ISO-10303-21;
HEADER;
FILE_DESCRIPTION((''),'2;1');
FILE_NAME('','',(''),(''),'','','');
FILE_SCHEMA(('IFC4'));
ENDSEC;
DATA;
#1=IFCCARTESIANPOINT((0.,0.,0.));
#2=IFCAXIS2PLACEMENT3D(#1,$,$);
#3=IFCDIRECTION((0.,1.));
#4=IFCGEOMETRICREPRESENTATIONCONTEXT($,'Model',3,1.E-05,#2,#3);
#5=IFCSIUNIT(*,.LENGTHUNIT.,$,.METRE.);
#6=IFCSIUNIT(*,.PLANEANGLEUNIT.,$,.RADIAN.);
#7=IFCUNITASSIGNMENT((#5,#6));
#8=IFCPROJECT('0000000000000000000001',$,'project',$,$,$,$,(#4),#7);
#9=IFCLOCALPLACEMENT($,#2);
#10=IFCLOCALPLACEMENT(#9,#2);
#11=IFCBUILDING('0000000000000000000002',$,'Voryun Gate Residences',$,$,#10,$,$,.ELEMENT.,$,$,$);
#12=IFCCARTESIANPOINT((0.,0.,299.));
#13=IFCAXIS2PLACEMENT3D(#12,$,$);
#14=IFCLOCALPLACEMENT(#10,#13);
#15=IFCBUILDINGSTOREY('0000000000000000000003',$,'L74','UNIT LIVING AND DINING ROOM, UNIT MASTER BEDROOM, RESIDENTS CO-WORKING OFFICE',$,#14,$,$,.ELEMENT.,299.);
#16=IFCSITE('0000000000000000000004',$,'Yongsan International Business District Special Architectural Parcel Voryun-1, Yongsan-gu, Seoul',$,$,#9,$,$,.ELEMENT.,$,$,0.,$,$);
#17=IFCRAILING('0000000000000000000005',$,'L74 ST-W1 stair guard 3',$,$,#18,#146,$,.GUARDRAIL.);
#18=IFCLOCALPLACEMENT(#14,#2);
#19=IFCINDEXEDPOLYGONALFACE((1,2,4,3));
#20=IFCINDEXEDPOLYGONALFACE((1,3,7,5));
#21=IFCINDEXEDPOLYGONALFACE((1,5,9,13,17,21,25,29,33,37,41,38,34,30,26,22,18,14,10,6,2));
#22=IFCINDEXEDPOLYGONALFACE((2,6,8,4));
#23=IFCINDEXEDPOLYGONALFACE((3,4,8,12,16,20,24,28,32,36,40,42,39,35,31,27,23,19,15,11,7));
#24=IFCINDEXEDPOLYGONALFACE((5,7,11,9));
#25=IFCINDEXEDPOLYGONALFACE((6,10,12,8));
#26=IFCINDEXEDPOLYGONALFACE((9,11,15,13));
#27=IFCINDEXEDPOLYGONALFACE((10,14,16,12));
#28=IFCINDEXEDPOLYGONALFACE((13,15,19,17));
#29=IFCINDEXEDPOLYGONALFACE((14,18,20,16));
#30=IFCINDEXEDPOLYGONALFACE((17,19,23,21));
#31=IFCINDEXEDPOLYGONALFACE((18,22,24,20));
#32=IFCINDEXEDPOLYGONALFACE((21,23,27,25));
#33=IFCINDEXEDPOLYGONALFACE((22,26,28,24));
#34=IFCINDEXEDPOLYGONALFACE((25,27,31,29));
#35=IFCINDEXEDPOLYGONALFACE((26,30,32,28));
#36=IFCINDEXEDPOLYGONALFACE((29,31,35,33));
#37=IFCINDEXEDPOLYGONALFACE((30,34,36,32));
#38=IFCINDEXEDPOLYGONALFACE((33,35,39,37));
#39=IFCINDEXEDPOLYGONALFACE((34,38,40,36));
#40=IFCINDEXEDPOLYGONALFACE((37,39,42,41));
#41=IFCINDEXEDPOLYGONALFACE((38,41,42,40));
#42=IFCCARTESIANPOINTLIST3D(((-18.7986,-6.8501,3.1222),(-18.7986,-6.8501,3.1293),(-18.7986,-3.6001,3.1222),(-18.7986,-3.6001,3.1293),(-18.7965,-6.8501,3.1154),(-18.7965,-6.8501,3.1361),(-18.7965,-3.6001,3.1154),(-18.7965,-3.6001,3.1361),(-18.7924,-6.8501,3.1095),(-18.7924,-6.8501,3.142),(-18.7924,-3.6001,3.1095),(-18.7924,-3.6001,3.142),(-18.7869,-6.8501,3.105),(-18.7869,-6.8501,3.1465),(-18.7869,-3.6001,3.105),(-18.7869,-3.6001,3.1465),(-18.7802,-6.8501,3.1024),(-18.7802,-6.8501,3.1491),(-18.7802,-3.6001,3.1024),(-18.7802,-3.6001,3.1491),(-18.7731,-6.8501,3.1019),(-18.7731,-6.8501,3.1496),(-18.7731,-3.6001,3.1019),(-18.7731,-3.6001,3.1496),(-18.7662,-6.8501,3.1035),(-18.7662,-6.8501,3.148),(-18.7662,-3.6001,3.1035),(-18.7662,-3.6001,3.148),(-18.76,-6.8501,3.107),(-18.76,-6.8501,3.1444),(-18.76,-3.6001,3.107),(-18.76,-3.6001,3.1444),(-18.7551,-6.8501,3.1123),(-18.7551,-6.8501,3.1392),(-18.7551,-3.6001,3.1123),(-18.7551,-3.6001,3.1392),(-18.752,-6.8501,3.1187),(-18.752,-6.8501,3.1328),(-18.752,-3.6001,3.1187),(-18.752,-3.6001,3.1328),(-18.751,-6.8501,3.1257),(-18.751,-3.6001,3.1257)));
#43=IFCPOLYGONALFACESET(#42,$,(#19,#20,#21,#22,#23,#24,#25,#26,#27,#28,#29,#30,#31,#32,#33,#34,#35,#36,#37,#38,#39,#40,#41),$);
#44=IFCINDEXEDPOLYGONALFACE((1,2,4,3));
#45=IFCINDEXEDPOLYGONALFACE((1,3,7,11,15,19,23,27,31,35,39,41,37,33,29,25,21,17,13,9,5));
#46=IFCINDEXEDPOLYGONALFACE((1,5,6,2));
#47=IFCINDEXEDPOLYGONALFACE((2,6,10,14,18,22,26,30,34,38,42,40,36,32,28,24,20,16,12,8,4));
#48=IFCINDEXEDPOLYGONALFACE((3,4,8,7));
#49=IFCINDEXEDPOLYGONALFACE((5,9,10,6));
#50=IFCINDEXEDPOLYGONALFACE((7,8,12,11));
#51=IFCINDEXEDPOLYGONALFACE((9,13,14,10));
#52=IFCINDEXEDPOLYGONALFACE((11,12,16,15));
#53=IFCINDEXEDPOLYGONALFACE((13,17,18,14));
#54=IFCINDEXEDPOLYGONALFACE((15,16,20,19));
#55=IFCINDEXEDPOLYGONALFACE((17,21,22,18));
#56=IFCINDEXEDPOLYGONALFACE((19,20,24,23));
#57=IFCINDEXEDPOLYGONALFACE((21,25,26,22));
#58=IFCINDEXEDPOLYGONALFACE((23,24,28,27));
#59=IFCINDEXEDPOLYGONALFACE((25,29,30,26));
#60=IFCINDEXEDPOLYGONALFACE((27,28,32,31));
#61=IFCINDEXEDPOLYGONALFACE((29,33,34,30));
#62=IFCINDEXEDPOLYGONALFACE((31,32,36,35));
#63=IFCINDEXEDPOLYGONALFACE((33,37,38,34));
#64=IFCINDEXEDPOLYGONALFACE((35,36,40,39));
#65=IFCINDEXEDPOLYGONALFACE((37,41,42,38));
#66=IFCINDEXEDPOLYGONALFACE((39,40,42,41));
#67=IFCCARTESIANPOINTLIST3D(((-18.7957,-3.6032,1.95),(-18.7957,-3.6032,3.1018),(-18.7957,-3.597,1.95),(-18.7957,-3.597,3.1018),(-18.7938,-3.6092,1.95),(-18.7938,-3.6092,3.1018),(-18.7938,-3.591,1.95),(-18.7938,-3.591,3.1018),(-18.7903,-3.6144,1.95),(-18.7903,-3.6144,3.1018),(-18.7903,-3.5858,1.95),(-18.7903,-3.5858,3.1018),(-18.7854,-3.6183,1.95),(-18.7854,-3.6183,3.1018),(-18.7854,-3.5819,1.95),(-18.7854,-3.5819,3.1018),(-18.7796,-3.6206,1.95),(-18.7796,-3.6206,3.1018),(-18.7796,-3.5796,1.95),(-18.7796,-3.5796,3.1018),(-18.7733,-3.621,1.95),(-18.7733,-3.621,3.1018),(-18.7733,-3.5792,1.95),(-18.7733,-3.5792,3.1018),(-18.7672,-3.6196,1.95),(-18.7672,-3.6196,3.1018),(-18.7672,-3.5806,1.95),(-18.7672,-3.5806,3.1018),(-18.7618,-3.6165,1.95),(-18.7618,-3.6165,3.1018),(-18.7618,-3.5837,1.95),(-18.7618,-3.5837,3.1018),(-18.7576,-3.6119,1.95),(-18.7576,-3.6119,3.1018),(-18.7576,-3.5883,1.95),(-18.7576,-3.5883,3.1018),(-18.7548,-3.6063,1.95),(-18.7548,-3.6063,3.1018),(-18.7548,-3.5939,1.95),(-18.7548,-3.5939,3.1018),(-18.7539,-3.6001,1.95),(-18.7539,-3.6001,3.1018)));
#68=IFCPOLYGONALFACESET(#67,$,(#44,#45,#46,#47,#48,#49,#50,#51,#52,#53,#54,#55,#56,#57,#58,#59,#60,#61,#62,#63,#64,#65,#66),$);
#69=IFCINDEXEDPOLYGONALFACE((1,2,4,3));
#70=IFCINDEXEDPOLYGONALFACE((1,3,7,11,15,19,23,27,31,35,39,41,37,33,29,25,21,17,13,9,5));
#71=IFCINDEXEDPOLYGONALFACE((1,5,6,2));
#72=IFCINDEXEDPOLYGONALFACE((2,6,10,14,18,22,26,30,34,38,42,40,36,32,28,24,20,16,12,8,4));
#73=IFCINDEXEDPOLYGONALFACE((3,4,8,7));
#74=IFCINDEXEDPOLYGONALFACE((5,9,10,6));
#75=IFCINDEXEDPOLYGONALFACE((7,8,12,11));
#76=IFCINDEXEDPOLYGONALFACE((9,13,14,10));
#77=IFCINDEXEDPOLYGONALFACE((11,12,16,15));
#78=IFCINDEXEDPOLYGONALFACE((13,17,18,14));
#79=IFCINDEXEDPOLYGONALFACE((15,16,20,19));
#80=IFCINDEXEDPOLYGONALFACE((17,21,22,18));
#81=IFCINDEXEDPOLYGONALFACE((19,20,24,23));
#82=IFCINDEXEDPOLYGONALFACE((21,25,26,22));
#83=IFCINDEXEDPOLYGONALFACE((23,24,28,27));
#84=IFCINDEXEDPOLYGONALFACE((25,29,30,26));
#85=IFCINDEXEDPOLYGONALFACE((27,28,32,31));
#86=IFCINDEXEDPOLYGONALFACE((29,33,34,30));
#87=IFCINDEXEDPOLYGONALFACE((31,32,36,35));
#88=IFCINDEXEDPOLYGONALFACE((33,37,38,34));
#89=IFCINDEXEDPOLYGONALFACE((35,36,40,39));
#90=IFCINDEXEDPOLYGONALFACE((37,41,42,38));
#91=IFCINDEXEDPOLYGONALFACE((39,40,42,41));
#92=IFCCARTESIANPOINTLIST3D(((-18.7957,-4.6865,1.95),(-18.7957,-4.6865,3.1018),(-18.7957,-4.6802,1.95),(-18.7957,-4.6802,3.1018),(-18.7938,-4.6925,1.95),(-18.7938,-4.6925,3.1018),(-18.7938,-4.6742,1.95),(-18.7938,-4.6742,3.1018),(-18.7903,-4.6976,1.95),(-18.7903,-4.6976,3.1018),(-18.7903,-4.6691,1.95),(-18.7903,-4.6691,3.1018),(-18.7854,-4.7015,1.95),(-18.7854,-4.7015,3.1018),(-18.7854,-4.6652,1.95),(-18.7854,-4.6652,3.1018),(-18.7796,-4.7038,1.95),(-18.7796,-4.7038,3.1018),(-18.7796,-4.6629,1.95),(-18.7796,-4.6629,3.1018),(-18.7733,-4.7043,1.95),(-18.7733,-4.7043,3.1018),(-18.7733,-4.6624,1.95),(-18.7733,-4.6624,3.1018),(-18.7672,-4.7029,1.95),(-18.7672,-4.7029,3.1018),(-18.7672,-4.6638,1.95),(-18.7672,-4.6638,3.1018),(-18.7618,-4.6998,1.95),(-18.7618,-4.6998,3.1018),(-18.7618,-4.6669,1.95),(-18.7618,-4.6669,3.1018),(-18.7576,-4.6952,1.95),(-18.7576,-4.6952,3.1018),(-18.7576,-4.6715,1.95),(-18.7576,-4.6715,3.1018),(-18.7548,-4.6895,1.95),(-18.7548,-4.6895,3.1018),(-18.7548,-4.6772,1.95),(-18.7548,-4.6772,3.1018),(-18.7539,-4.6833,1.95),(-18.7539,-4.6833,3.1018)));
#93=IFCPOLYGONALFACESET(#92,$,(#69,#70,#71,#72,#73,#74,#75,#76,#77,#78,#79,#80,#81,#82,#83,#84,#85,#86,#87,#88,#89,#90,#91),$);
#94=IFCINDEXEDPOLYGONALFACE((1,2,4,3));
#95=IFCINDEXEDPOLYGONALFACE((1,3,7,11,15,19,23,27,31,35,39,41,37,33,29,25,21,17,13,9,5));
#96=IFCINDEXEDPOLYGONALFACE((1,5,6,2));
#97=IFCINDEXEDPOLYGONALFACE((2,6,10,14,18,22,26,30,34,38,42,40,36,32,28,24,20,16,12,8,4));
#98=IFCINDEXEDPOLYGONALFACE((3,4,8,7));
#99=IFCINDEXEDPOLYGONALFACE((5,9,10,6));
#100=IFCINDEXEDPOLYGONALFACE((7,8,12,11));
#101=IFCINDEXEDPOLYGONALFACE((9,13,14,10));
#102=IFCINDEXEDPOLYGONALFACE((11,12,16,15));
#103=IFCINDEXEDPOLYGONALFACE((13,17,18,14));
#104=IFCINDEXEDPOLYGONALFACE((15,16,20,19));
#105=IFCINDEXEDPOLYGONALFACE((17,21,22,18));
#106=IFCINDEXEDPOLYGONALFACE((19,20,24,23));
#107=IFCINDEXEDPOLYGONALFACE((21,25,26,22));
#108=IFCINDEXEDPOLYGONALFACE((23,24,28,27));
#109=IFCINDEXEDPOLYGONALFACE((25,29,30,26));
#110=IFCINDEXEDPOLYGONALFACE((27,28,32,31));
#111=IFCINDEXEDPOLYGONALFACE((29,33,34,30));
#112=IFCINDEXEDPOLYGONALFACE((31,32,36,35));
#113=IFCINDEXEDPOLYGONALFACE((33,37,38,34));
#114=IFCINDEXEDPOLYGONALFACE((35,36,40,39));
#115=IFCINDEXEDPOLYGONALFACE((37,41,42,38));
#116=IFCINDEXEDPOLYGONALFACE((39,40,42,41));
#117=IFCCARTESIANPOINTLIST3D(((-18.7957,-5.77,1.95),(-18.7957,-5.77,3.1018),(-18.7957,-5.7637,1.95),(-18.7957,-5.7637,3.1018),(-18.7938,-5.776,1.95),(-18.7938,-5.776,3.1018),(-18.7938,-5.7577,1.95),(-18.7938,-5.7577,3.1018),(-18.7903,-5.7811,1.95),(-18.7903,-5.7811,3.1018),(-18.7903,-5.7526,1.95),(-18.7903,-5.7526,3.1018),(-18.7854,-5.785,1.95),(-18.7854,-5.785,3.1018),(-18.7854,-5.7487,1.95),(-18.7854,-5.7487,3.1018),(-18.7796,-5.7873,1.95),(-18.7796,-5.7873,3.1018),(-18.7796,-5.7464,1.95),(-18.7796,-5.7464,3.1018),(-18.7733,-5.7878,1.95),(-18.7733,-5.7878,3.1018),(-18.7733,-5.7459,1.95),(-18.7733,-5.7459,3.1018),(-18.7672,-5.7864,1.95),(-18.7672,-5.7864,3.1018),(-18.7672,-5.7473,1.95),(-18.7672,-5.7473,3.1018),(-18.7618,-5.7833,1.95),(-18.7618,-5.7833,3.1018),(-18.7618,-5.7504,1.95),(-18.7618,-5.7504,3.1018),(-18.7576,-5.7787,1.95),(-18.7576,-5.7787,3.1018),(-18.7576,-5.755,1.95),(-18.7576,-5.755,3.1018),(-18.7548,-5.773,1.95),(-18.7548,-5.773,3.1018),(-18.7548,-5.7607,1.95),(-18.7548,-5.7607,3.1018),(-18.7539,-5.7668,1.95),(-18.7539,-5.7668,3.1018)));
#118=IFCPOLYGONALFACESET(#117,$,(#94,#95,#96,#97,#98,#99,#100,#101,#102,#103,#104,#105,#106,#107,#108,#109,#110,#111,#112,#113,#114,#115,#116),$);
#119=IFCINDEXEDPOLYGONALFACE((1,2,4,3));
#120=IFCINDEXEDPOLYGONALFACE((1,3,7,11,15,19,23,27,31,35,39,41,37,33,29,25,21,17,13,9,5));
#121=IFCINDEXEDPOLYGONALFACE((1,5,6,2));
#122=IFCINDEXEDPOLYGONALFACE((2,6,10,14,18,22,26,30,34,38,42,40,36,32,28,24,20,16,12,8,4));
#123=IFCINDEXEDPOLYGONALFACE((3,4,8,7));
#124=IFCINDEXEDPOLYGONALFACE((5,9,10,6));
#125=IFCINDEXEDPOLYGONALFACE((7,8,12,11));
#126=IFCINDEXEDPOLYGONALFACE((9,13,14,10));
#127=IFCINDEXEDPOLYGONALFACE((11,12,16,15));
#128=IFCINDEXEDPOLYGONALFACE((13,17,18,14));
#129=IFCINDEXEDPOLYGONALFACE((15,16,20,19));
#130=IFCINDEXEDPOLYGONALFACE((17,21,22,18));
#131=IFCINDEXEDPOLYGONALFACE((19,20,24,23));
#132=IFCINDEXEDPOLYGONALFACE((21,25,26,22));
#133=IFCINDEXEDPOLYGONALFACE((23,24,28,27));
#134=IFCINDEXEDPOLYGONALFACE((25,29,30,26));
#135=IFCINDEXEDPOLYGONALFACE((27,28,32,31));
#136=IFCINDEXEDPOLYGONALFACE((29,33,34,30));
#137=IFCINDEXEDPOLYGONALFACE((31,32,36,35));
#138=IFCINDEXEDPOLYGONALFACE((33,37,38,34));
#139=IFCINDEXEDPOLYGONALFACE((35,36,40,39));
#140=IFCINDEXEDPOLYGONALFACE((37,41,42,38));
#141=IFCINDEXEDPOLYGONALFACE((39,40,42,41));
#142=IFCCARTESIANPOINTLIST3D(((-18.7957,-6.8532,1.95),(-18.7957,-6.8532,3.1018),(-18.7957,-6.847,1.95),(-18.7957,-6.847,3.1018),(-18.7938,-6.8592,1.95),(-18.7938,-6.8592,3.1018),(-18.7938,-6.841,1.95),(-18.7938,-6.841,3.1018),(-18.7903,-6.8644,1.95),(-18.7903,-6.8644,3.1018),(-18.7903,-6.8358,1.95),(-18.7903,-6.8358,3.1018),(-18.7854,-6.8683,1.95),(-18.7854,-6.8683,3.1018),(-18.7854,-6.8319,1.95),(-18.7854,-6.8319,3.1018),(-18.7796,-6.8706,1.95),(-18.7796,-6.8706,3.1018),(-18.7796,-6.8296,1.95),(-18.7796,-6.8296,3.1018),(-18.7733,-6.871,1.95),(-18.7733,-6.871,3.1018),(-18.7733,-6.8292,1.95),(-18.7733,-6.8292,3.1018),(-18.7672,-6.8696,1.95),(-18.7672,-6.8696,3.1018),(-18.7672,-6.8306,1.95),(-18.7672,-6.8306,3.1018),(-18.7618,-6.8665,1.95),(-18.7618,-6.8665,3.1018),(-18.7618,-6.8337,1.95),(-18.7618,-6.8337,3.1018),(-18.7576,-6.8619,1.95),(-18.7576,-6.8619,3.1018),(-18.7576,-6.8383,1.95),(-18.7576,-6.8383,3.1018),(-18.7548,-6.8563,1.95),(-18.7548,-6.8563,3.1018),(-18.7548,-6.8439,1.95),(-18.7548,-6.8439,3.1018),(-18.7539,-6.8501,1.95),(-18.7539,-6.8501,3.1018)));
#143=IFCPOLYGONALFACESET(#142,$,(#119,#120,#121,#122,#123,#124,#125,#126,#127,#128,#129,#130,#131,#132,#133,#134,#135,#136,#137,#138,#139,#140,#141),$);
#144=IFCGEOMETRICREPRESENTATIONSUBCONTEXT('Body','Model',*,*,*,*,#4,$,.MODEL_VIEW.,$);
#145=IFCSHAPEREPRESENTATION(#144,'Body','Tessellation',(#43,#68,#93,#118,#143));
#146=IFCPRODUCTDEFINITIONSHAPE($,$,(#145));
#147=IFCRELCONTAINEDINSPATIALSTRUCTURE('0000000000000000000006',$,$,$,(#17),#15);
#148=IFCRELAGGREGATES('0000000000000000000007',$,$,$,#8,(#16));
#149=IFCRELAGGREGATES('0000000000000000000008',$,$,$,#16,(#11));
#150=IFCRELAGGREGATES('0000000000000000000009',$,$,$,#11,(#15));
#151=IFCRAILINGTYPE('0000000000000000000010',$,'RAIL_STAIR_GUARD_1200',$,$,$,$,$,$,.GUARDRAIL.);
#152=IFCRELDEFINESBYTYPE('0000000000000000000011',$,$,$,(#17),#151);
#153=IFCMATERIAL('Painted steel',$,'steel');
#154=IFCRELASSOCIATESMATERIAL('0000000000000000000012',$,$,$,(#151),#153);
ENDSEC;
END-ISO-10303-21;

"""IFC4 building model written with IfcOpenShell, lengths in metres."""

from ifc_helpers import new_model, si_unit, direction, frame, origin, origin_2d, place, context, subcontext, project, spatial, circle, extrude, material, type_object, element, save


model = new_model("IFC4")

# Units and contexts
model_context = context("Model", 3, precision=1e-05, world=origin(), true_north=direction((0.0, 1.0)))
body_context = subcontext(model_context, "Body", "Model", "MODEL_VIEW")
ifc_project = project(units=[si_unit("LENGTHUNIT", "METRE"), si_unit("PLANEANGLEUNIT", "RADIAN")], contexts=[model_context])

# Site, building, storey
site_placement = place(None, origin())
site = spatial("IfcSite", under=ifc_project, at=site_placement, Name="Yongsan International Business District Special Architectural Parcel Voryun-1, Yongsan-gu, Seoul", CompositionType="ELEMENT", RefElevation=0.0)
building_placement = place(site_placement, origin())
building = spatial("IfcBuilding", under=site, at=building_placement, Name="Voryun Gate Residences", CompositionType="ELEMENT")
storey_placement = place(building_placement, frame((0.0, 0.0, 299.0)))
storey = spatial("IfcBuildingStorey", under=building, at=storey_placement, Name="L74", Description="UNIT LIVING AND DINING ROOM, UNIT MASTER BEDROOM, RESIDENTS CO-WORKING OFFICE", CompositionType="ELEMENT", Elevation=299.0)

# Railing
ifc_material_1 = material(Name="Painted steel", Category="steel")
railing_type_1 = type_object("IfcRailingType", Name="RAIL_STAIR_GUARD_1200", PredefinedType="GUARDRAIL", material=ifc_material_1)
railing_1_placement = place(storey_placement, frame((-18.7749, -3.6001, 1.95)))
element("IfcRailing", 1, at=railing_1_placement, inside=storey, type_object=railing_type_1, Name="L74 ST-W1 stair guard 3", PredefinedType="GUARDRAIL", context=body_context, shape_type="SweptSolid", body=[
    extrude(circle(Radius=0.0239, at=origin_2d()), frame((0.0, 0.0, 1.1758), z_axis=(0.0, -1.0, 0.0), x_axis=(1.0, 0.0, 0.0)), (0.0, 0.0, 1.0), 3.25),
    extrude(circle(Radius=0.021, at=origin_2d()), origin(), (0.0, 0.0, 1.0), 1.1519),
    extrude(circle(Radius=0.021, at=origin_2d()), frame((0.0, -1.0833, 0.0)), (0.0, 0.0, 1.0), 1.1519),
    extrude(circle(Radius=0.021, at=origin_2d()), frame((0.0, -2.1667, 0.0)), (0.0, 0.0, 1.0), 1.1519),
    extrude(circle(Radius=0.021, at=origin_2d()), frame((0.0, -3.25, 0.0)), (0.0, 0.0, 1.0), 1.1519),
])

save(model, "model.ifc")
